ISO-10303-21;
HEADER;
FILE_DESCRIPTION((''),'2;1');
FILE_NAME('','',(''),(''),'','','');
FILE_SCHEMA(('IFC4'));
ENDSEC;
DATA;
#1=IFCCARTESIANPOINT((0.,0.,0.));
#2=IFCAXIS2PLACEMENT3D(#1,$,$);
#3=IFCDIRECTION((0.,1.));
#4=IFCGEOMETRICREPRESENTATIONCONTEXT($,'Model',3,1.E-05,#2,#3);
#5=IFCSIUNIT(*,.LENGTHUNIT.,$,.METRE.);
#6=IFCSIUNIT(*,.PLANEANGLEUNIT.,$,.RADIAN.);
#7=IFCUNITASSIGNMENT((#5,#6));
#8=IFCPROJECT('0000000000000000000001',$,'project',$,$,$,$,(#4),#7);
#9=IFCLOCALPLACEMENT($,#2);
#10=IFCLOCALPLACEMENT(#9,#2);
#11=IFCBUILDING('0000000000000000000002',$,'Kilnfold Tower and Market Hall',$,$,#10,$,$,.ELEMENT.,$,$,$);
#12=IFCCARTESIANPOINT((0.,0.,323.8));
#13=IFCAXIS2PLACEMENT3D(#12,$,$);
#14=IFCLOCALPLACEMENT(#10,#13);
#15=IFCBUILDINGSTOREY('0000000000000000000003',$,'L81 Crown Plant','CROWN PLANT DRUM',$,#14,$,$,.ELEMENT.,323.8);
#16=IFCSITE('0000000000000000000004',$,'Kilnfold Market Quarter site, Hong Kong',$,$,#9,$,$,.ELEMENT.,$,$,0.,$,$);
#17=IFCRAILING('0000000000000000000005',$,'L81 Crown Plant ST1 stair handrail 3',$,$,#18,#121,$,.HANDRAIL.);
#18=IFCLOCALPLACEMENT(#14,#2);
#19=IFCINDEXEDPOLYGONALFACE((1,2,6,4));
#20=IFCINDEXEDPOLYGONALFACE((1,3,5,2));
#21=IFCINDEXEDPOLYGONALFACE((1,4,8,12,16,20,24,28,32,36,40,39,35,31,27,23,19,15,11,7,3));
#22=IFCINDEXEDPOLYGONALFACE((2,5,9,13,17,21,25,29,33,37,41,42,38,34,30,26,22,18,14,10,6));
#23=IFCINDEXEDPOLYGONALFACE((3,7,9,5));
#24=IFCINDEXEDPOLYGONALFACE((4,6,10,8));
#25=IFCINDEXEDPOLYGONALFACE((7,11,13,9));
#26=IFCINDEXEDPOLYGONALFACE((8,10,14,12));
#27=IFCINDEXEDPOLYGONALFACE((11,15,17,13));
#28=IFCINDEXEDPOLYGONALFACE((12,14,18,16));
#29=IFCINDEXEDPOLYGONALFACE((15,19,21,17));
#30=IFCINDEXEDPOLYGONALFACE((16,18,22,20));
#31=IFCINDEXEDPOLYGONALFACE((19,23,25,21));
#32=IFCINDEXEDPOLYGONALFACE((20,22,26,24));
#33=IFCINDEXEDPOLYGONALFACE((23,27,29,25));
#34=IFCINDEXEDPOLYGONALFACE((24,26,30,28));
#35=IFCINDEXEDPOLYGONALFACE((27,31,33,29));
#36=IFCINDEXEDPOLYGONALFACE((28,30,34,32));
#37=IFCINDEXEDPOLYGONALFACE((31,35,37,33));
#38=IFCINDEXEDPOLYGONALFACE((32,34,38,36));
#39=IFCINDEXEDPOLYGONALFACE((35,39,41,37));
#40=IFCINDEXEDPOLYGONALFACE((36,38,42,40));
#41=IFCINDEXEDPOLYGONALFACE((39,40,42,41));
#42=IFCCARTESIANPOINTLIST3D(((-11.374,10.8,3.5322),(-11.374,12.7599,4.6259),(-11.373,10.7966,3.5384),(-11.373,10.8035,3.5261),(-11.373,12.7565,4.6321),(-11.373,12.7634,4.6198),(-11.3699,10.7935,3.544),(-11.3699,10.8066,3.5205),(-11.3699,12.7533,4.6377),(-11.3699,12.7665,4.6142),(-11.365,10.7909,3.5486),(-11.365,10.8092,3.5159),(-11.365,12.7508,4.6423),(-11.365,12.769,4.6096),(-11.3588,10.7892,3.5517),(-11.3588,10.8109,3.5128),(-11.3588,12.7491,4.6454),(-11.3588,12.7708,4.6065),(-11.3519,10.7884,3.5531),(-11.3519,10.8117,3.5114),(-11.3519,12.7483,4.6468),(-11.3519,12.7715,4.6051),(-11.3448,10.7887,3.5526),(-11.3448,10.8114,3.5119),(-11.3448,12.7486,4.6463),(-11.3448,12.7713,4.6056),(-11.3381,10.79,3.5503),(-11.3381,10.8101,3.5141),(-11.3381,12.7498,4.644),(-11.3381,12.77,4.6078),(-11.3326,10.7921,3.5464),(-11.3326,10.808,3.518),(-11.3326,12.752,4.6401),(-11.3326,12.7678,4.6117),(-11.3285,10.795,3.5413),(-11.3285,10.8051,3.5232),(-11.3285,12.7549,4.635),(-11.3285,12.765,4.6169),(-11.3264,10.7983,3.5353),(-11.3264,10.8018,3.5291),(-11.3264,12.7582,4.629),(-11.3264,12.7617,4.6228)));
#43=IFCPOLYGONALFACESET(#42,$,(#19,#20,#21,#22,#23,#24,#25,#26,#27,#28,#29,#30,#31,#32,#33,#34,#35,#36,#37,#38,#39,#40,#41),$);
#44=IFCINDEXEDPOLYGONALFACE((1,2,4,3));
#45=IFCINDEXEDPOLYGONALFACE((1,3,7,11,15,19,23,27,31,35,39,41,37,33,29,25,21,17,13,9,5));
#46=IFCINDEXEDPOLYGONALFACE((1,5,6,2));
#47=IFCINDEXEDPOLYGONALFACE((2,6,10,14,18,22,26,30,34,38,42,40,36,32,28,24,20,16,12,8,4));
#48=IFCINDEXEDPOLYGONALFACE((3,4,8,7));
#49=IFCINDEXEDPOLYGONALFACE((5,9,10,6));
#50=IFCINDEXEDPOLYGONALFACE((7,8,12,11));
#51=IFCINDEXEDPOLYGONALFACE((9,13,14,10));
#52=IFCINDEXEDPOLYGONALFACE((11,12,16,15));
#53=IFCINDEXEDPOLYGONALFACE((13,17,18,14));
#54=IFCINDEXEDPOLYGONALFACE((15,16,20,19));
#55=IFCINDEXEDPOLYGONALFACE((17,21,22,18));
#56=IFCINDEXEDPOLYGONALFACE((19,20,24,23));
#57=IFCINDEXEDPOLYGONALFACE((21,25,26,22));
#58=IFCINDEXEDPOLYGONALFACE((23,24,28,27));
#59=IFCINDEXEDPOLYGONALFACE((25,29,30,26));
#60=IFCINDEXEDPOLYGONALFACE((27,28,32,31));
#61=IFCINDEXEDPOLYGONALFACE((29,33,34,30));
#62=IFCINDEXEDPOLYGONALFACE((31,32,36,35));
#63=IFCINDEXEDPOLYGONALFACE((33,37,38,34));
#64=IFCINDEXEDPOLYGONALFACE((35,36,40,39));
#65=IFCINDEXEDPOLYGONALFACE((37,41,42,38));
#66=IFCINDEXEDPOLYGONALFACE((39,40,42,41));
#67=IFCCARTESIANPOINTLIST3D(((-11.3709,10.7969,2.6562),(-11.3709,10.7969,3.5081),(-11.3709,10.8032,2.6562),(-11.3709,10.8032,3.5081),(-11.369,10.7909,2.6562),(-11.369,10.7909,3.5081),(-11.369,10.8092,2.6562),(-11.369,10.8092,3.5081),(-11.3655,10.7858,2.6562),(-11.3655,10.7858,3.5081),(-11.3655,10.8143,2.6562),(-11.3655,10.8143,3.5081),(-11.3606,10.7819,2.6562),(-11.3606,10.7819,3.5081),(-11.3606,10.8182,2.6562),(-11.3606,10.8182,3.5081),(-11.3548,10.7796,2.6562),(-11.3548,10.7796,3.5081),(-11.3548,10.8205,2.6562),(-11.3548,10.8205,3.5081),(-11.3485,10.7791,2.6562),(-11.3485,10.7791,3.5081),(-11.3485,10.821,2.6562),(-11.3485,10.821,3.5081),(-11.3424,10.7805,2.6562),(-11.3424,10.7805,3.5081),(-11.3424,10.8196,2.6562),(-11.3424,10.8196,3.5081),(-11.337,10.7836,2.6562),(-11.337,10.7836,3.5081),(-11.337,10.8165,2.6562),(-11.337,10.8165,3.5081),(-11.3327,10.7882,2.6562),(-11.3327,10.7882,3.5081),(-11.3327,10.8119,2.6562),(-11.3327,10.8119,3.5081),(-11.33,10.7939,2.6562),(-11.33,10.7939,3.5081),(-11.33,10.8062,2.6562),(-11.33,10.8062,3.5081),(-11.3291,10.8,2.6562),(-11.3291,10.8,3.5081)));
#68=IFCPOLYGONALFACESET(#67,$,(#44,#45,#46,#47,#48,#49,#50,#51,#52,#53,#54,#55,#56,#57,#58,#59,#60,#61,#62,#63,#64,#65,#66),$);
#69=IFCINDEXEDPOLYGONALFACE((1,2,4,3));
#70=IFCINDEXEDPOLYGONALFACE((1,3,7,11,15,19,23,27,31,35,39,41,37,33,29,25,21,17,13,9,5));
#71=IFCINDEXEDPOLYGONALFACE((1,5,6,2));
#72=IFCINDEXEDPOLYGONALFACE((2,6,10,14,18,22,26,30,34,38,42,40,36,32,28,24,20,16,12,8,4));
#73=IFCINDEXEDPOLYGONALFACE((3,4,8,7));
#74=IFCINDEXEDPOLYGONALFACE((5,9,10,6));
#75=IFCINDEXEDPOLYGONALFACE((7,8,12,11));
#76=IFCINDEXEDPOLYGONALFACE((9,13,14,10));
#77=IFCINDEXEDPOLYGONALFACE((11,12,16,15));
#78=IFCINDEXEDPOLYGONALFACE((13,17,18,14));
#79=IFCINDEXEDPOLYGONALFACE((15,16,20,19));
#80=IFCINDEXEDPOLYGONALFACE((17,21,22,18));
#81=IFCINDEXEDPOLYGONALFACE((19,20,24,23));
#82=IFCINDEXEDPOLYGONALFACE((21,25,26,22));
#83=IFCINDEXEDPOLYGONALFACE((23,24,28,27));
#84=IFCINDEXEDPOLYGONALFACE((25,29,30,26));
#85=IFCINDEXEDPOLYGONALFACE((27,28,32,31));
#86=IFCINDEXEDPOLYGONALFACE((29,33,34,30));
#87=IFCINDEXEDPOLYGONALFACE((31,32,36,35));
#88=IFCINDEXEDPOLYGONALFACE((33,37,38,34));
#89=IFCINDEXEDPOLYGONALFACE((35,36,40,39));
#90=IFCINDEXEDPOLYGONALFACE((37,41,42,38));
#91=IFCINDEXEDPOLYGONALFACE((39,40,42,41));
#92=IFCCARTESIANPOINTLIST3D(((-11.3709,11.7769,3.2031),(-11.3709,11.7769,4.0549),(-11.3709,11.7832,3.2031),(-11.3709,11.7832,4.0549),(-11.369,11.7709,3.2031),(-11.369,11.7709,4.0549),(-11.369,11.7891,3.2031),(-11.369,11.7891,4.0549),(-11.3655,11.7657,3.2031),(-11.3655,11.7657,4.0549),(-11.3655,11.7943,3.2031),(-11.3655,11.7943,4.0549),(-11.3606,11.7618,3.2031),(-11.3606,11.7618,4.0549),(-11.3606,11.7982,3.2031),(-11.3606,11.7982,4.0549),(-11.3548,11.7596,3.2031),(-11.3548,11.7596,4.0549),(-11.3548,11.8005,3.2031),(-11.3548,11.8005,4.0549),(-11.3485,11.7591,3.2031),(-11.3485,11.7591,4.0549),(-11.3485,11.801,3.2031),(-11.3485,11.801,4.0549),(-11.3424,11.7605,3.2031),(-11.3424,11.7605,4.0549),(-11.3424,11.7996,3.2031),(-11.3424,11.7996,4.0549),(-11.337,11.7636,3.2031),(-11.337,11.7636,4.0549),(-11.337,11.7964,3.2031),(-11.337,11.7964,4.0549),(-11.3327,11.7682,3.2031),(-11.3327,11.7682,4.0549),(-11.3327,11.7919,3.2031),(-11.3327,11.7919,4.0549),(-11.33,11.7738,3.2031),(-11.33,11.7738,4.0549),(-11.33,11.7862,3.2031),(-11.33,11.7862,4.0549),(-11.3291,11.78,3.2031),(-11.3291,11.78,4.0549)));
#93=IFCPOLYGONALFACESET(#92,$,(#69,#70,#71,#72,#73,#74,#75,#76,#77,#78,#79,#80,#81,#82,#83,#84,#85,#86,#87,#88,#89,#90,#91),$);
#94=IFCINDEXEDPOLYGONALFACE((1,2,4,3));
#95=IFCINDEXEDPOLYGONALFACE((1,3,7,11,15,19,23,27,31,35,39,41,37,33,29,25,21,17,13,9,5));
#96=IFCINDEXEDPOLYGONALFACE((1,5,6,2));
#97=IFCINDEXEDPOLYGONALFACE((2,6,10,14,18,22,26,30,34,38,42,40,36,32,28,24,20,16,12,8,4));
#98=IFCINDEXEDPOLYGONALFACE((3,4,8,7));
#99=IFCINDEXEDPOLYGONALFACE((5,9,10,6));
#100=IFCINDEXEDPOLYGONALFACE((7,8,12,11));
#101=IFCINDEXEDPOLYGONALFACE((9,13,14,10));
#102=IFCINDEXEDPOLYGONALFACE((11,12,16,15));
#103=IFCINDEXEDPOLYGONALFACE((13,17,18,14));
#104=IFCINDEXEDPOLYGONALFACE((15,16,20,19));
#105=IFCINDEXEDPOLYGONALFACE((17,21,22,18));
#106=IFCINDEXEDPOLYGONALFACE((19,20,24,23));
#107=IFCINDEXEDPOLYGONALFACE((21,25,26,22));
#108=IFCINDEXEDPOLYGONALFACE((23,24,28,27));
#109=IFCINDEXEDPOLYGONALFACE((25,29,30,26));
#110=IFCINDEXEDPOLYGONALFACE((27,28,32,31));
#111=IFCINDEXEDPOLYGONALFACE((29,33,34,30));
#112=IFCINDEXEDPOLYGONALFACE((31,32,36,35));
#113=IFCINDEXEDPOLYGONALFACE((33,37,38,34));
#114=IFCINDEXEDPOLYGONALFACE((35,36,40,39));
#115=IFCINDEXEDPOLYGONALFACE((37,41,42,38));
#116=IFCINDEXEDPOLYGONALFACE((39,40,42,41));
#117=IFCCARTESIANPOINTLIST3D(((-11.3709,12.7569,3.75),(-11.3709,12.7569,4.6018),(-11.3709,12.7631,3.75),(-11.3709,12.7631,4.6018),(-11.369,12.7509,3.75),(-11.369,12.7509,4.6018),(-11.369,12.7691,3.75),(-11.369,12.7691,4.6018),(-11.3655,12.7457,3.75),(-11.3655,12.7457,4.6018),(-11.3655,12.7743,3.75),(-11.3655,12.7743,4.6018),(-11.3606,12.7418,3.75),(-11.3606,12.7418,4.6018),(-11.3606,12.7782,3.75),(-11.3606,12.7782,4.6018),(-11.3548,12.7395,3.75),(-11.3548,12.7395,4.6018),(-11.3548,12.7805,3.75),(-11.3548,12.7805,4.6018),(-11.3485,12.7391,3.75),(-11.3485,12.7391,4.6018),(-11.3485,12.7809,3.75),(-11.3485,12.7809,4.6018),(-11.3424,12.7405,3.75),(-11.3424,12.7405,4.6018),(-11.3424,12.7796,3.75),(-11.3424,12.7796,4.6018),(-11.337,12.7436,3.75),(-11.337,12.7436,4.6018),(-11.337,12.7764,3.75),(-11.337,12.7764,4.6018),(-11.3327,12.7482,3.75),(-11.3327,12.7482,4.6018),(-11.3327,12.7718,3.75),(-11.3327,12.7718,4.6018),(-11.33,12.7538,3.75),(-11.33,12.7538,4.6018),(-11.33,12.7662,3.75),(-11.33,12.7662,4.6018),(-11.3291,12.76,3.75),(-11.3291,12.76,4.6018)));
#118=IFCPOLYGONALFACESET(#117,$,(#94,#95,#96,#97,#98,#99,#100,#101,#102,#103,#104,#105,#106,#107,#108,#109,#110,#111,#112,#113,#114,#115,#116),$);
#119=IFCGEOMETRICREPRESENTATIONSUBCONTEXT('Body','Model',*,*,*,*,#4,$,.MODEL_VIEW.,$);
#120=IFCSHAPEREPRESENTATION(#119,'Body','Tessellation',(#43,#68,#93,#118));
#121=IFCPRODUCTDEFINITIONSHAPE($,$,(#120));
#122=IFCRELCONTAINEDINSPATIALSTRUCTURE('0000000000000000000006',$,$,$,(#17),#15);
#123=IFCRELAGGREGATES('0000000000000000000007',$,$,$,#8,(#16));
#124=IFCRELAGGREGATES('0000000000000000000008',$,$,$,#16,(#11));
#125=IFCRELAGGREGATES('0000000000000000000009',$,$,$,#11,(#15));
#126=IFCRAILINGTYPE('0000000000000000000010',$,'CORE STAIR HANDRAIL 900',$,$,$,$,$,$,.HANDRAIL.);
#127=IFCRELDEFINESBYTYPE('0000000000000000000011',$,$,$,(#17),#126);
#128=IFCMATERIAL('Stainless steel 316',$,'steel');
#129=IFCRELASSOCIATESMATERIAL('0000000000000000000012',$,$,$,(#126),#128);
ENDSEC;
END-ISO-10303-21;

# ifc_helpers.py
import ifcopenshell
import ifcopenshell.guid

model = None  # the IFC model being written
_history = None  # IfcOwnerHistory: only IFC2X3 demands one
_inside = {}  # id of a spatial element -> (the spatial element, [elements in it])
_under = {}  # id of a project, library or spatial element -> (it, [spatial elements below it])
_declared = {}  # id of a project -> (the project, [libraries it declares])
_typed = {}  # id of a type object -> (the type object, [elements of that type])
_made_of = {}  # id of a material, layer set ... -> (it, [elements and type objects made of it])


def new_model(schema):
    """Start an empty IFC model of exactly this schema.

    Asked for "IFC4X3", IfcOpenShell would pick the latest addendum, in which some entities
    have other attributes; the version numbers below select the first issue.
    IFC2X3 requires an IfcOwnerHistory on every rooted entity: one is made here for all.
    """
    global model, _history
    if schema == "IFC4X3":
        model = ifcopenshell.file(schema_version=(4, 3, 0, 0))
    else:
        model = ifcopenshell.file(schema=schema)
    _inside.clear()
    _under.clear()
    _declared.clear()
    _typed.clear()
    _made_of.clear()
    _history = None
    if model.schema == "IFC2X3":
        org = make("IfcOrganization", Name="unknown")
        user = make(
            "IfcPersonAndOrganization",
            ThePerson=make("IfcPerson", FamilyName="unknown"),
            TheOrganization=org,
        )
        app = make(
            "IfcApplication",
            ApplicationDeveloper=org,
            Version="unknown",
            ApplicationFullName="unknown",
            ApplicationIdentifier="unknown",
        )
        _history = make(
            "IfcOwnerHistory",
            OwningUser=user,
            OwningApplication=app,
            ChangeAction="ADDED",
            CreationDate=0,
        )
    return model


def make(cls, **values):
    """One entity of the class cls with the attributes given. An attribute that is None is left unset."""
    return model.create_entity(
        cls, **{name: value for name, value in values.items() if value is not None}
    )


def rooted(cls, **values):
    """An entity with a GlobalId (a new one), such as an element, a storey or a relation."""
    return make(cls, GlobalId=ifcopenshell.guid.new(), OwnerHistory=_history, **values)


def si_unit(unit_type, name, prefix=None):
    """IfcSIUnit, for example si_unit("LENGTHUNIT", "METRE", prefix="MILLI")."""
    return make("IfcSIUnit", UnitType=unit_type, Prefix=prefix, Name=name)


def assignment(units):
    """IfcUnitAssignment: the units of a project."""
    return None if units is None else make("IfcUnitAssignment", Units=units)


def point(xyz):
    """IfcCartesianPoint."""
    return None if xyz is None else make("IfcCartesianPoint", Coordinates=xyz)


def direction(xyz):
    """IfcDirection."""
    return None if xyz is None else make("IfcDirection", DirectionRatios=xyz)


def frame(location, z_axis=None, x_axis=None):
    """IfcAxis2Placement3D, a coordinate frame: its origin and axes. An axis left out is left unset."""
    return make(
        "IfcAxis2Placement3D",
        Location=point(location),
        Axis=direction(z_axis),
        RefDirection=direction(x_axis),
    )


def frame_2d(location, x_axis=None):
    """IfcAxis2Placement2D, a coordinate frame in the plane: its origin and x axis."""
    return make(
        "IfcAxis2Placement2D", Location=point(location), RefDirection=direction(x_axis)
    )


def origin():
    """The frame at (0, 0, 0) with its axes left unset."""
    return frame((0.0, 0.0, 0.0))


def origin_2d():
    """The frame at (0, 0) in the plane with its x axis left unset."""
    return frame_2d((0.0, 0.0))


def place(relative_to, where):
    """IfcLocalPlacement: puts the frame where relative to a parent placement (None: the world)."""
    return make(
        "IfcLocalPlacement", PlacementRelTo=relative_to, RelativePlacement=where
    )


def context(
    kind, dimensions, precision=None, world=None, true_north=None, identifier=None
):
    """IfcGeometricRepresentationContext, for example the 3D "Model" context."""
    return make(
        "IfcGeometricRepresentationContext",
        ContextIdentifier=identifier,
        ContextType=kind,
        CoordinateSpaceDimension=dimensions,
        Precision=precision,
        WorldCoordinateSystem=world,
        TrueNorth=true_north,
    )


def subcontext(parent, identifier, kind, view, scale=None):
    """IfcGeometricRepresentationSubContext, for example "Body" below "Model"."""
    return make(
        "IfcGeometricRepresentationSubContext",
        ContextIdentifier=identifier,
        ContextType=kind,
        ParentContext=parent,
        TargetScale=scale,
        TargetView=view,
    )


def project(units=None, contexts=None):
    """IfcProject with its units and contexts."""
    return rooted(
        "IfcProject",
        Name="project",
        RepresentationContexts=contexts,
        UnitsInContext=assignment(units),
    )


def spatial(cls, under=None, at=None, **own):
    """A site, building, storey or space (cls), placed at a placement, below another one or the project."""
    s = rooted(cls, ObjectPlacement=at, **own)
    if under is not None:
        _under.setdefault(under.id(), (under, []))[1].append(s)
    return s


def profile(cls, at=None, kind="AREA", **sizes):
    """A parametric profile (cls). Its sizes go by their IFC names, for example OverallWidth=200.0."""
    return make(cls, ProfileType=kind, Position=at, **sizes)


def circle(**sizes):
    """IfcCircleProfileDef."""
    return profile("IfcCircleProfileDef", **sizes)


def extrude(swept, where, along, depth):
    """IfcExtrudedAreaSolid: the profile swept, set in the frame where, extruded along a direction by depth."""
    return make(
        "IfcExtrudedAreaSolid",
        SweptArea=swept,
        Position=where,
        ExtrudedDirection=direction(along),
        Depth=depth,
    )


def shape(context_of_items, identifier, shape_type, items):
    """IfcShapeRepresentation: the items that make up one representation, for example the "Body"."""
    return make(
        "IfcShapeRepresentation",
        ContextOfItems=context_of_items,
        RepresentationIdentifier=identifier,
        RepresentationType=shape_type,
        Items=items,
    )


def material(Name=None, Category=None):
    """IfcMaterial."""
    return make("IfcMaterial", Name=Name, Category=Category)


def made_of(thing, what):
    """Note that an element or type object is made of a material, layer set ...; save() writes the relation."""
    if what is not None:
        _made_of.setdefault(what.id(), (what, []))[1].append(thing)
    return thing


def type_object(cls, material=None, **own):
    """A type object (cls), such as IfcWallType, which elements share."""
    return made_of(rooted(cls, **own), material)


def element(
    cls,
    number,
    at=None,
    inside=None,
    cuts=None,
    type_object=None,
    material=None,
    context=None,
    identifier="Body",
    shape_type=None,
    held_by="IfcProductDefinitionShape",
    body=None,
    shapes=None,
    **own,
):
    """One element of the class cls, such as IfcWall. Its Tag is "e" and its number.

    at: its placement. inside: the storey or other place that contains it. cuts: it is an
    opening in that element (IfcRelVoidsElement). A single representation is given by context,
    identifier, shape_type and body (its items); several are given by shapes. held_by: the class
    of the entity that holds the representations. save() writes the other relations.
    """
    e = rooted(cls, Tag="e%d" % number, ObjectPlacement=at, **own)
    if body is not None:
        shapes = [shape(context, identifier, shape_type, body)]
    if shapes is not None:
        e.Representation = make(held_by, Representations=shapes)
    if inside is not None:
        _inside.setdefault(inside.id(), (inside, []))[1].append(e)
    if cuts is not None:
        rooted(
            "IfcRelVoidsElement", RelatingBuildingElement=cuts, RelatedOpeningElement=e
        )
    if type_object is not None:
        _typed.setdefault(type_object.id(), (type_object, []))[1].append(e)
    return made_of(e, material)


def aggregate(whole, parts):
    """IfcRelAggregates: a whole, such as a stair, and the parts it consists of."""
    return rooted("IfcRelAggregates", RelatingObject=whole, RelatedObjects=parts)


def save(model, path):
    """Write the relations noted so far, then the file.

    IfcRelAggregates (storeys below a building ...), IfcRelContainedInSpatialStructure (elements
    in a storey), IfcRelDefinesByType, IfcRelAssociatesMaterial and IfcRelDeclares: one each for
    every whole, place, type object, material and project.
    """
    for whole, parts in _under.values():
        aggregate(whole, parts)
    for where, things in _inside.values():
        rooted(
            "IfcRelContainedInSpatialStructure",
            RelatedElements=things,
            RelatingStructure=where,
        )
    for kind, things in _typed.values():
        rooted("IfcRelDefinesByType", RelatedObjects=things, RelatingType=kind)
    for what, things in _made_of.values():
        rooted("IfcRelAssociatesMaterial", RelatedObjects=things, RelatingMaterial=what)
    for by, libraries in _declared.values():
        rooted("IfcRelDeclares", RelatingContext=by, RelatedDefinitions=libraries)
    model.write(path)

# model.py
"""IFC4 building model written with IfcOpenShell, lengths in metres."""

from ifc_helpers import new_model, si_unit, direction, frame, origin, origin_2d, place, context, subcontext, project, spatial, circle, extrude, material, type_object, element, save


model = new_model("IFC4")

# Units and contexts
model_context = context("Model", 3, precision=1e-05, world=origin(), true_north=direction((0.0, 1.0)))
body_context = subcontext(model_context, "Body", "Model", "MODEL_VIEW")
ifc_project = project(units=[si_unit("LENGTHUNIT", "METRE"), si_unit("PLANEANGLEUNIT", "RADIAN")], contexts=[model_context])

# Site, building, storey
site_placement = place(None, origin())
site = spatial("IfcSite", under=ifc_project, at=site_placement, Name="Kilnfold Market Quarter site, Hong Kong", CompositionType="ELEMENT", RefElevation=0.0)
building_placement = place(site_placement, origin())
building = spatial("IfcBuilding", under=site, at=building_placement, Name="Kilnfold Tower and Market Hall", CompositionType="ELEMENT")
storey_placement = place(building_placement, frame((0.0, 0.0, 323.8)))
storey = spatial("IfcBuildingStorey", under=building, at=storey_placement, Name="L81 Crown Plant", Description="CROWN PLANT DRUM", CompositionType="ELEMENT", Elevation=323.8)

# Railing
ifc_material_1 = material(Name="Stainless steel 316", Category="steel")
railing_type_1 = type_object("IfcRailingType", Name="CORE STAIR HANDRAIL 900", PredefinedType="HANDRAIL", material=ifc_material_1)
railing_1_placement = place(storey_placement, frame((-11.3501, 10.8, 2.6562)))
element("IfcRailing", 1, at=railing_1_placement, inside=storey, type_object=railing_type_1, Name="L81 Crown Plant ST1 stair handrail 3", PredefinedType="HANDRAIL", context=body_context, shape_type="SweptSolid", body=[
    extrude(circle(Radius=0.0239, at=origin_2d()), frame((0.0, 0.0, 0.876), z_axis=(0.0, 0.873232, 0.487304), x_axis=(-1.0, 0.0, 0.0)), (0.0, 0.0, 1.0), 2.2444),
    extrude(circle(Radius=0.021, at=origin_2d()), origin(), (0.0, 0.0, 1.0), 0.8518),
    extrude(circle(Radius=0.021, at=origin_2d()), frame((0.0, 0.98, 0.5469)), (0.0, 0.0, 1.0), 0.8518),
    extrude(circle(Radius=0.021, at=origin_2d()), frame((0.0, 1.96, 1.0938)), (0.0, 0.0, 1.0), 0.8518),
])

save(model, "model.ifc")
